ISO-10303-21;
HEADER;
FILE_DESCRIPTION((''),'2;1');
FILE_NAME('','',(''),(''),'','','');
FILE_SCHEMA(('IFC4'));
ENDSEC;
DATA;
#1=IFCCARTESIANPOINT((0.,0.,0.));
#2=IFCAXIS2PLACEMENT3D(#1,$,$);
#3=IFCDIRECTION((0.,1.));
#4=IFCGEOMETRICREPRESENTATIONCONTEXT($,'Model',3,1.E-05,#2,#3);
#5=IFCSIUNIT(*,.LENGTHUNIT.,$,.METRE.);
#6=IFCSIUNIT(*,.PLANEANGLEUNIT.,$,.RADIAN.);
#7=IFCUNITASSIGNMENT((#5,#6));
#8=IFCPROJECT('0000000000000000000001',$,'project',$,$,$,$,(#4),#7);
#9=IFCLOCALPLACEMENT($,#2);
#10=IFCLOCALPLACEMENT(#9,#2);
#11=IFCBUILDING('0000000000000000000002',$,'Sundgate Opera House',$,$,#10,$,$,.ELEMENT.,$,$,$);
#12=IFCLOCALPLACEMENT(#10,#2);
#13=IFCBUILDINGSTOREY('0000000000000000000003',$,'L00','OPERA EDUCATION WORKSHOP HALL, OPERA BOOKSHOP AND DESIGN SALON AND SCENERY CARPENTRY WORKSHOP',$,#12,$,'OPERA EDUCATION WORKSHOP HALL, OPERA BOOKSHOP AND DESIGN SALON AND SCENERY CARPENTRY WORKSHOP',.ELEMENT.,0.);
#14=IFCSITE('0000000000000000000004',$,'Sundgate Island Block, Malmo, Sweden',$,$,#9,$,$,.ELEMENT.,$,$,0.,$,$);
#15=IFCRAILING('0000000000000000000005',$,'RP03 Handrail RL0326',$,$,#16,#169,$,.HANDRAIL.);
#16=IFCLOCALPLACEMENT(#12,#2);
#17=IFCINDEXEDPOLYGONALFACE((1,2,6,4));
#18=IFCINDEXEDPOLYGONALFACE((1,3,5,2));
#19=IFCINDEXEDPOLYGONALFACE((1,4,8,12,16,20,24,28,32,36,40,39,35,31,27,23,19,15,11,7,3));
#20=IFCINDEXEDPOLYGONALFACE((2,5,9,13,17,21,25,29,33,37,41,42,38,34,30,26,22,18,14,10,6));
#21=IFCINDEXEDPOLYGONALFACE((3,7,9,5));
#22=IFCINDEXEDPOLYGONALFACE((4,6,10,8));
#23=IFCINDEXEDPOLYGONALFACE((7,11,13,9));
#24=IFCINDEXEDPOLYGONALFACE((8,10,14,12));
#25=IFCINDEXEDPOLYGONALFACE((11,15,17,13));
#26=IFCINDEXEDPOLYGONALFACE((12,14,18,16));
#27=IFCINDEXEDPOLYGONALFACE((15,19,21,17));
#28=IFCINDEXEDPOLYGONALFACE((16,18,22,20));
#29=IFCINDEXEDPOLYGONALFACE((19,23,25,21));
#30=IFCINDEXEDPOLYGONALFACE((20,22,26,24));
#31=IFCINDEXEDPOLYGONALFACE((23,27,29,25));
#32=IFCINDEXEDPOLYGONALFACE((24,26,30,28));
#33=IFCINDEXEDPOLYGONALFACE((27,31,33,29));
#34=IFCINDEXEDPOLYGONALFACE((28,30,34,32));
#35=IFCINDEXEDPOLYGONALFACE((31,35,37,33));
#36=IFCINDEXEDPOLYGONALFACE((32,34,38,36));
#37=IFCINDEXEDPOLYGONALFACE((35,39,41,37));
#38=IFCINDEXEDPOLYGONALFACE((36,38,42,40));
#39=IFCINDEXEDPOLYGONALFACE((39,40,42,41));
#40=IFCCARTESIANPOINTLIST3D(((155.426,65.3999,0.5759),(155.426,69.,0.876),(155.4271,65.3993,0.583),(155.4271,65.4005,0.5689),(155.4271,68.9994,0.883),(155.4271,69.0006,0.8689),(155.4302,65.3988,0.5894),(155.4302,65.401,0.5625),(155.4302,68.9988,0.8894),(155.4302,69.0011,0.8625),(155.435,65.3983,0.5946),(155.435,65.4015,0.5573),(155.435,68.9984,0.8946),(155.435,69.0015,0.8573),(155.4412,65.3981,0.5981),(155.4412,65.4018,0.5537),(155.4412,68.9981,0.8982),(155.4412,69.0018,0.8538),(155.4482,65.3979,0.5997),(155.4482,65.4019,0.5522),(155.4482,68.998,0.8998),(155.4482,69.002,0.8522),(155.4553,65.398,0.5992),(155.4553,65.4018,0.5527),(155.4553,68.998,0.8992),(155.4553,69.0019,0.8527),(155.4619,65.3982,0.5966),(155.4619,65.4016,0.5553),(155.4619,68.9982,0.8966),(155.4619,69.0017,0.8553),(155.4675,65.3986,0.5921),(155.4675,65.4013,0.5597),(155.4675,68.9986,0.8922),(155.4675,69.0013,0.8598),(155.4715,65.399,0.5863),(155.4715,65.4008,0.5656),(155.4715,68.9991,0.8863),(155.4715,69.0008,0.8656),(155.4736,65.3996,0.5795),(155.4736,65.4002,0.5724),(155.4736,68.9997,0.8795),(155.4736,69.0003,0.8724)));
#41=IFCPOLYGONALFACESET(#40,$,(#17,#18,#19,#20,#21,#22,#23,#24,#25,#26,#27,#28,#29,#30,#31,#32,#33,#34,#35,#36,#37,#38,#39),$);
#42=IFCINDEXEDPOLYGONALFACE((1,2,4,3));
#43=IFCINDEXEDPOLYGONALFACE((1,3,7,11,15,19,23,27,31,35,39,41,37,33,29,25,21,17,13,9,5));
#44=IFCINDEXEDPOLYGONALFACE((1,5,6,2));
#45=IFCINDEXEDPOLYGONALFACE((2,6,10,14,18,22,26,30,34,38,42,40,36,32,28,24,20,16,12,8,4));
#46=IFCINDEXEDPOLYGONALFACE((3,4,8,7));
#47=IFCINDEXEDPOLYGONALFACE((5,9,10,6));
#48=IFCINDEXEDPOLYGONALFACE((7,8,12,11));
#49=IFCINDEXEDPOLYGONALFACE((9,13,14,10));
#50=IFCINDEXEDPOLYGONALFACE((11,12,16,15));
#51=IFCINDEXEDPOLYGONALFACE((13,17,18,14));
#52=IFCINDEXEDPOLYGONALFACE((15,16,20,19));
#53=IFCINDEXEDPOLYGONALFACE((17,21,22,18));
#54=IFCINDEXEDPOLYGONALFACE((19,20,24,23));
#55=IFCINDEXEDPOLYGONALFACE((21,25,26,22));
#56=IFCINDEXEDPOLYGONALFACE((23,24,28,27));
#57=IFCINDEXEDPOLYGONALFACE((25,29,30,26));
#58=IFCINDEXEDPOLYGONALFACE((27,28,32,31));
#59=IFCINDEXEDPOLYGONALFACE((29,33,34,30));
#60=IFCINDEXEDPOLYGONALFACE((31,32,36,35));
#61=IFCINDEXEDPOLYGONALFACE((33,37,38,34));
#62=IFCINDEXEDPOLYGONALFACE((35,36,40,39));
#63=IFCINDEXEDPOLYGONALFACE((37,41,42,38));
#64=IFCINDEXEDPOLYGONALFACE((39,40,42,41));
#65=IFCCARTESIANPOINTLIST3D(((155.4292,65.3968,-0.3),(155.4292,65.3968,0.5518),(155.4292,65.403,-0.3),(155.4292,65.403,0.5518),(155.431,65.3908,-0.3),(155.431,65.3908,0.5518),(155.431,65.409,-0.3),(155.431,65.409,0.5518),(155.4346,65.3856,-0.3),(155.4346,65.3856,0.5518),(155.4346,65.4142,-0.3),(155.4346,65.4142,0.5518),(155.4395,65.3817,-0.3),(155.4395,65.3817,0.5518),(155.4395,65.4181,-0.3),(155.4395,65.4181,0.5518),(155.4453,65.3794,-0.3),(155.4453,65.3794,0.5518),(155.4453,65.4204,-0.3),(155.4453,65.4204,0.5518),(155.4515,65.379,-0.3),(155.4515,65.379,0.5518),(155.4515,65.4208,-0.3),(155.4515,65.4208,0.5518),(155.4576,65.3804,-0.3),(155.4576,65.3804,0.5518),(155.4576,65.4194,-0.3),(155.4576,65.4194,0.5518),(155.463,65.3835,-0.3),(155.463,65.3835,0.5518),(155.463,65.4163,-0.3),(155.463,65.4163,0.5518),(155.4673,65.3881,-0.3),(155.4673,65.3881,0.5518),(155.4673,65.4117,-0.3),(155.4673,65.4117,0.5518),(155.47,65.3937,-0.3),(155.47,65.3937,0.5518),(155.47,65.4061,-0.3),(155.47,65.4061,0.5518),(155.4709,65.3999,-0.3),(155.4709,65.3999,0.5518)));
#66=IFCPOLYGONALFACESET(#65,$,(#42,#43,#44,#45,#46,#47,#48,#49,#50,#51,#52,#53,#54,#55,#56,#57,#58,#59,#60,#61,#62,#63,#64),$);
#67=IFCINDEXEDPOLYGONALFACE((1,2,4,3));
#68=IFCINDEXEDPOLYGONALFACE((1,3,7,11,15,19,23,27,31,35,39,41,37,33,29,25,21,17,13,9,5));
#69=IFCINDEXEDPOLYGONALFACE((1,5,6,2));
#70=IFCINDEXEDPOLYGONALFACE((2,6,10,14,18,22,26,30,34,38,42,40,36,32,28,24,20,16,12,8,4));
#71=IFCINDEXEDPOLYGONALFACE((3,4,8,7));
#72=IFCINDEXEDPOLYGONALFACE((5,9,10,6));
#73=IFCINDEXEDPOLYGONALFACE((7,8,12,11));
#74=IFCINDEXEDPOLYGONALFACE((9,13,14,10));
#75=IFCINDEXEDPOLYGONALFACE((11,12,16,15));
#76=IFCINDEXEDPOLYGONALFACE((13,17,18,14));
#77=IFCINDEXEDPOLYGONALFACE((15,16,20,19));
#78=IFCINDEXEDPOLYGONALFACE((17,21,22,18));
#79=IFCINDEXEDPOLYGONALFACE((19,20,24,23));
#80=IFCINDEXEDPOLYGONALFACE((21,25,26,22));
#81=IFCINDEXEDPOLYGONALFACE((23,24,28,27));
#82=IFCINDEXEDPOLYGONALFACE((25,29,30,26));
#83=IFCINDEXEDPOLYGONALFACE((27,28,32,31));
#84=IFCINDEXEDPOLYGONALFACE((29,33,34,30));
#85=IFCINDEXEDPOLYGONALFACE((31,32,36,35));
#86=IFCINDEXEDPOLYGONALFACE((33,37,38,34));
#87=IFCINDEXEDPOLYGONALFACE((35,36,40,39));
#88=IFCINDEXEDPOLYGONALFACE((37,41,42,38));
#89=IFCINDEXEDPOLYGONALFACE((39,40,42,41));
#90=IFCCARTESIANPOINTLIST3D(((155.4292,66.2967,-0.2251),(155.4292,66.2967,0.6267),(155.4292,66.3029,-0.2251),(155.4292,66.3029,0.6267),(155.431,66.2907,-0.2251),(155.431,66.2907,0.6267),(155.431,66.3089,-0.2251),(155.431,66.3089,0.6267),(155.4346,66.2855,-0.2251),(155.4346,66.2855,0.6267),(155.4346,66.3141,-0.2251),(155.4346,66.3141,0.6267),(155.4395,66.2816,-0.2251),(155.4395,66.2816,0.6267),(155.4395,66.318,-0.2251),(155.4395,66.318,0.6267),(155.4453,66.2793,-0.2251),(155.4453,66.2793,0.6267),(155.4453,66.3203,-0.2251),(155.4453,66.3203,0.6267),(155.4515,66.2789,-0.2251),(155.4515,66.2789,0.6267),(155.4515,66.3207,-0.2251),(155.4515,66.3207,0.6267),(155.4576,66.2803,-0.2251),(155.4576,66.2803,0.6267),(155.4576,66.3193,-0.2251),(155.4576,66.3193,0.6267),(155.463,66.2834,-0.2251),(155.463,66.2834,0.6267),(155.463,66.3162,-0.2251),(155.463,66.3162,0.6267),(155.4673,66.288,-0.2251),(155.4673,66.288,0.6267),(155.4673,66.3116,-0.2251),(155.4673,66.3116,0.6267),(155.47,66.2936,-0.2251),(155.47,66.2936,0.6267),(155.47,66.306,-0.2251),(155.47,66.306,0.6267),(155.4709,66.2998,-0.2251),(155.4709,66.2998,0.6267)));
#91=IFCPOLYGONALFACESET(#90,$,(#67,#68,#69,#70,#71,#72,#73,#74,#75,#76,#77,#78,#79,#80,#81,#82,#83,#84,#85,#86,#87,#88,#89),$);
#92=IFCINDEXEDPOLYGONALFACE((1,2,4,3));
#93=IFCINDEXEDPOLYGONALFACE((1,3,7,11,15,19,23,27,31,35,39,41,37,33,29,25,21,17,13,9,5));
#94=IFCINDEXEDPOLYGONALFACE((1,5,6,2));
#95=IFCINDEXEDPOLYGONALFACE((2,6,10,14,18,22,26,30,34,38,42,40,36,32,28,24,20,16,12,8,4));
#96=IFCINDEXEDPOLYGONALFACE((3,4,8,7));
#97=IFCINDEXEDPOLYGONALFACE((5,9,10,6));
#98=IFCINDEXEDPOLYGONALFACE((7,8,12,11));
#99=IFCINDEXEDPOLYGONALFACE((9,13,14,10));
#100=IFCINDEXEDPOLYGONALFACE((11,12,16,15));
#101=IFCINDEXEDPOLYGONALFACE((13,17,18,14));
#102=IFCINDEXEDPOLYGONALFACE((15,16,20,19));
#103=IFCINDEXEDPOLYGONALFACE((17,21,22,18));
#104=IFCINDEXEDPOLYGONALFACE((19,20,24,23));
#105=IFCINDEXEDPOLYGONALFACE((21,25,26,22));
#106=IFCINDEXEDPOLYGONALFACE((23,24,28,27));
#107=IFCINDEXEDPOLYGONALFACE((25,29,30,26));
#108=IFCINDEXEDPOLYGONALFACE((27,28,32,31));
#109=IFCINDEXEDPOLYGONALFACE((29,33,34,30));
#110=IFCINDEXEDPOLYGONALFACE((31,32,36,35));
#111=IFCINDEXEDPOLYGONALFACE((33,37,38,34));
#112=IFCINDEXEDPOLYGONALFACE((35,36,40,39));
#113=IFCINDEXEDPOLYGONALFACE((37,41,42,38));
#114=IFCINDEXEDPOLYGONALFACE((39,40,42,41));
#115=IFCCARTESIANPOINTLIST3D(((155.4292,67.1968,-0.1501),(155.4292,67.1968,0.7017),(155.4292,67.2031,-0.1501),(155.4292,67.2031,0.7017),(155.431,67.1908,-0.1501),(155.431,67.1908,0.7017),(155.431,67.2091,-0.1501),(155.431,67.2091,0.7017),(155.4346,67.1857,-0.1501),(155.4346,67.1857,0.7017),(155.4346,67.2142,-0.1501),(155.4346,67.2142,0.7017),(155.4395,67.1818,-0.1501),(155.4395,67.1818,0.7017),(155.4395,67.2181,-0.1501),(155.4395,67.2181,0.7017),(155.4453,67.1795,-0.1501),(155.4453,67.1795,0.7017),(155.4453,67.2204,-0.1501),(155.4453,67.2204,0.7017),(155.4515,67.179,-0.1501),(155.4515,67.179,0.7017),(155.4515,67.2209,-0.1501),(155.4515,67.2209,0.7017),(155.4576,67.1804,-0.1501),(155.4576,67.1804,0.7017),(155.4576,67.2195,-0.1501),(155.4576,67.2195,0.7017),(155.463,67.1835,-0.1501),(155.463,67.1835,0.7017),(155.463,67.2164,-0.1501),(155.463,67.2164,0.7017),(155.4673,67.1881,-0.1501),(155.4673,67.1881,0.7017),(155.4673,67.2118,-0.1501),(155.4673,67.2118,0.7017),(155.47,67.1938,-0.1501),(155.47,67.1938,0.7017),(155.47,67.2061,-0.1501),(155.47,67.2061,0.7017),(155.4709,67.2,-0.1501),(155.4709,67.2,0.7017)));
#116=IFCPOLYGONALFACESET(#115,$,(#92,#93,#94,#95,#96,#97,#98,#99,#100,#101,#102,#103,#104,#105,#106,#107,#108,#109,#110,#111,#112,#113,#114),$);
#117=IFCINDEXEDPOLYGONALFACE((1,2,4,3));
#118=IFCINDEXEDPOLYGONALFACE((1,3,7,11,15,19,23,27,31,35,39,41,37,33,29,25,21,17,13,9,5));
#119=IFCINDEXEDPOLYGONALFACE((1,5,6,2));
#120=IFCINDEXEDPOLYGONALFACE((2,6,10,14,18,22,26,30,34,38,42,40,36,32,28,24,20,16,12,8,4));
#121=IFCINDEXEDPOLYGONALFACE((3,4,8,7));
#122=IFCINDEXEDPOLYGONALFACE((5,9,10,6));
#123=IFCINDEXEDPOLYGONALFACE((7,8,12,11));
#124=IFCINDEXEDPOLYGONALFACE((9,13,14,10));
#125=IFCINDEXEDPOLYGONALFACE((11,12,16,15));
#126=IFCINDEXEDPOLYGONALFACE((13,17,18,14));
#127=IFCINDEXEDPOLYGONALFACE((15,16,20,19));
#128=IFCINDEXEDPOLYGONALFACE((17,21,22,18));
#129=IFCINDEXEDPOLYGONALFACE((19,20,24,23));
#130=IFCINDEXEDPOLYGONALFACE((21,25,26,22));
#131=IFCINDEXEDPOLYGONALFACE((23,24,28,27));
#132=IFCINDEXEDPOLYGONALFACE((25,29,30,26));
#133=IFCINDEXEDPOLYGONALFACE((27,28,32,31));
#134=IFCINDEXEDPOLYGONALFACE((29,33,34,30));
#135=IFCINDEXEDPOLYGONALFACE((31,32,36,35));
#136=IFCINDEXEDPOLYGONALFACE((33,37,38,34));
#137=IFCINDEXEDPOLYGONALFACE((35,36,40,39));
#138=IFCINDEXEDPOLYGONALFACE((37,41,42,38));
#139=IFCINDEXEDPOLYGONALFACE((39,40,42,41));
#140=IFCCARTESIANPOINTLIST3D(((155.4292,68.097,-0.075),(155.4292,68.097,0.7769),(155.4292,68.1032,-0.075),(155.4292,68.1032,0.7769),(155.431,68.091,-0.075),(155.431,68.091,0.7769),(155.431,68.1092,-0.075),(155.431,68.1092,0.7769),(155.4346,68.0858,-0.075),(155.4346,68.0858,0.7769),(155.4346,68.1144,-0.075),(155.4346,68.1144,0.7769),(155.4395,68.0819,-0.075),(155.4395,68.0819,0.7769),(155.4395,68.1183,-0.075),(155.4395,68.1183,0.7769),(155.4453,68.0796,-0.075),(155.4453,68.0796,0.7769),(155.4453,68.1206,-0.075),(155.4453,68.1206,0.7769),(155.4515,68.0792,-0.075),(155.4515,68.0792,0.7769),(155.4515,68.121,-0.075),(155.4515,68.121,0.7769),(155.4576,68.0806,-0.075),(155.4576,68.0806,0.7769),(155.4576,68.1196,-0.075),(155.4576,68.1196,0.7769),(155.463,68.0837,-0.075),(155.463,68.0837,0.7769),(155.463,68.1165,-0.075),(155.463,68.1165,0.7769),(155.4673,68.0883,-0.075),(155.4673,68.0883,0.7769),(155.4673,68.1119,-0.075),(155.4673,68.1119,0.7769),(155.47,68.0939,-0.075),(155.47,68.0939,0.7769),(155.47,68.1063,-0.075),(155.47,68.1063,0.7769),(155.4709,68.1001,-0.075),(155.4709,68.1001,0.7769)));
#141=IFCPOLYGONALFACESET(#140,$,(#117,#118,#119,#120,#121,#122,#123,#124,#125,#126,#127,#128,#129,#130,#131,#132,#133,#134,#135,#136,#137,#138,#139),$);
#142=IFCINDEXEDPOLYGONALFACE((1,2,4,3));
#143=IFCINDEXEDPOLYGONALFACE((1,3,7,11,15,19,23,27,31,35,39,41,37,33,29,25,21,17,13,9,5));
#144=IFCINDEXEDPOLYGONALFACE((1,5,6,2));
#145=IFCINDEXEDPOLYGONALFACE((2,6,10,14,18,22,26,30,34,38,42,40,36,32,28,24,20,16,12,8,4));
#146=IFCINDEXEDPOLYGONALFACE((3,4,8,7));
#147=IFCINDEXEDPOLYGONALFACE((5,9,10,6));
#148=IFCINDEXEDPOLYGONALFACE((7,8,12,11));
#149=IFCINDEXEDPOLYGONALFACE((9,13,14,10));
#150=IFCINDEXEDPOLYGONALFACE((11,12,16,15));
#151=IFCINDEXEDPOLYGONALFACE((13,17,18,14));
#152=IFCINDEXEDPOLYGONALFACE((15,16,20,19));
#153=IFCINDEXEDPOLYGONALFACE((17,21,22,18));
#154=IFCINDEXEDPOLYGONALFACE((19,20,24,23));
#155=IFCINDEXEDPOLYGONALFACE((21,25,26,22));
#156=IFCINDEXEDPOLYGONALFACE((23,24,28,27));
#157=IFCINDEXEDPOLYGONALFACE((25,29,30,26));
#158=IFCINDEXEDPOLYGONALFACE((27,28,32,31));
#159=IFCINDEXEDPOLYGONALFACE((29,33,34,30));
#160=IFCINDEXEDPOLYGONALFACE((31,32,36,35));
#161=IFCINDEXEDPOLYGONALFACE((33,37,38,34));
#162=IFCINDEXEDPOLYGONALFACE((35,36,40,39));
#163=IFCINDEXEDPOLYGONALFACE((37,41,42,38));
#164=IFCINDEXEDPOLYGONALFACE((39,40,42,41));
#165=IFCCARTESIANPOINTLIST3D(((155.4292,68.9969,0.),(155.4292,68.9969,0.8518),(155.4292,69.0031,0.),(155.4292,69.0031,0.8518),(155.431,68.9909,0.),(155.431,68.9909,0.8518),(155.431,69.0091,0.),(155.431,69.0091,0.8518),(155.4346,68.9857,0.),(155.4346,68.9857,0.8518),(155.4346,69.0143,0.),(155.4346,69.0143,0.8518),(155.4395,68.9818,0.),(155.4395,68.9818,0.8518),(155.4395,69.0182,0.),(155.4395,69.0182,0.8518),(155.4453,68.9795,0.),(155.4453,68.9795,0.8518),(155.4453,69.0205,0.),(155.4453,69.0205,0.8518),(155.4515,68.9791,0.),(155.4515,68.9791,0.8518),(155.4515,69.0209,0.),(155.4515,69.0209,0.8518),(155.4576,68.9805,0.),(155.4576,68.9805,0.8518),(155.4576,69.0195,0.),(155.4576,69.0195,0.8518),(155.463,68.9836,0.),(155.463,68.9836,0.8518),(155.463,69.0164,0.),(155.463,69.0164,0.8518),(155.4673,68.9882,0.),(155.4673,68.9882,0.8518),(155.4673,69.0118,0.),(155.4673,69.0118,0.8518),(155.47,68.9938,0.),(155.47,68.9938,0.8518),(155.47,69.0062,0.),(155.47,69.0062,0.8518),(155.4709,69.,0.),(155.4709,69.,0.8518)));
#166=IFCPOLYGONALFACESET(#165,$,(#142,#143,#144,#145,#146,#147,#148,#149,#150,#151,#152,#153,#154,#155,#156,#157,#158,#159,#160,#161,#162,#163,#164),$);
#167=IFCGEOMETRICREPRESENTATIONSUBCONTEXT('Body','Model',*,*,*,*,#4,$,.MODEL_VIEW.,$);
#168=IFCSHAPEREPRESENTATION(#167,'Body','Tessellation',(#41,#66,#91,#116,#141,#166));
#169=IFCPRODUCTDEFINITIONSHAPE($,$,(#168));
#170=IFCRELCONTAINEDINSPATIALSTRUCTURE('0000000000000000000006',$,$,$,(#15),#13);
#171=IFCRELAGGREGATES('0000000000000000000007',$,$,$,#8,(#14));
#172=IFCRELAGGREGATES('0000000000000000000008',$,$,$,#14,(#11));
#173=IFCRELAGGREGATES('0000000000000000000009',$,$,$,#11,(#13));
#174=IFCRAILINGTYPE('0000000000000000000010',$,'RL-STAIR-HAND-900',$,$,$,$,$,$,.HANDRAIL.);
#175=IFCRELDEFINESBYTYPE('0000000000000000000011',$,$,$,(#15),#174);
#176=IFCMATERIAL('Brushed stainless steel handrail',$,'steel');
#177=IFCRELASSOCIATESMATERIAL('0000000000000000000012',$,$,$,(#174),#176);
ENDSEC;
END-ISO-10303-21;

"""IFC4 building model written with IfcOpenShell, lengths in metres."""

from ifc_helpers import new_model, si_unit, direction, frame, origin, origin_2d, place, context, subcontext, project, spatial, circle, extrude, material, type_object, element, save


model = new_model("IFC4")

# Units and contexts
model_context = context("Model", 3, precision=1e-05, world=origin(), true_north=direction((0.0, 1.0)))
body_context = subcontext(model_context, "Body", "Model", "MODEL_VIEW")
ifc_project = project(units=[si_unit("LENGTHUNIT", "METRE"), si_unit("PLANEANGLEUNIT", "RADIAN")], contexts=[model_context])

# Site, building, storey
site_placement = place(None, origin())
site = spatial("IfcSite", under=ifc_project, at=site_placement, Name="Sundgate Island Block, Malmo, Sweden", CompositionType="ELEMENT", RefElevation=0.0)
building_placement = place(site_placement, origin())
building = spatial("IfcBuilding", under=site, at=building_placement, Name="Sundgate Opera House", CompositionType="ELEMENT")
storey_placement = place(building_placement, origin())
storey = spatial("IfcBuildingStorey", under=building, at=storey_placement, Name="L00", Description="OPERA EDUCATION WORKSHOP HALL, OPERA BOOKSHOP AND DESIGN SALON AND SCENERY CARPENTRY WORKSHOP", LongName="OPERA EDUCATION WORKSHOP HALL, OPERA BOOKSHOP AND DESIGN SALON AND SCENERY CARPENTRY WORKSHOP", CompositionType="ELEMENT", Elevation=0.0)

# Railing
ifc_material_1 = material(Name="Brushed stainless steel handrail", Category="steel")
railing_type = type_object("IfcRailingType", Name="RL-STAIR-HAND-900", PredefinedType="HANDRAIL", material=ifc_material_1)
for number, where, name in (
    (1, (155.45, 65.3999, -0.3), "RP03 Handrail RL0326"),
):
    element("IfcRailing", number, at=place(storey_placement, frame(where)), inside=storey, type_object=railing_type, Name=name, PredefinedType="HANDRAIL", context=body_context, shape_type="SweptSolid", body=[
        extrude(circle(Radius=0.0239, at=origin_2d()), frame((0.0, 0.0, 0.876), z_axis=(0.0, 0.996545, 0.083057), x_axis=(-1.0, 0.0, 0.0)), (0.0, 0.0, 1.0), 3.6125),
        extrude(circle(Radius=0.021, at=origin_2d()), origin(), (0.0, 0.0, 1.0), 0.8518),
        extrude(circle(Radius=0.021, at=origin_2d()), frame((0.0, 0.8999, 0.075)), (0.0, 0.0, 1.0), 0.8518),
        extrude(circle(Radius=0.021, at=origin_2d()), frame((0.0, 1.8, 0.1499)), (0.0, 0.0, 1.0), 0.8518),
        extrude(circle(Radius=0.021, at=origin_2d()), frame((0.0, 2.7002, 0.2251)), (0.0, 0.0, 1.0), 0.8518),
        extrude(circle(Radius=0.021, at=origin_2d()), frame((0.0, 3.6001, 0.3)), (0.0, 0.0, 1.0), 0.8518),
    ])

save(model, "model.ifc")
